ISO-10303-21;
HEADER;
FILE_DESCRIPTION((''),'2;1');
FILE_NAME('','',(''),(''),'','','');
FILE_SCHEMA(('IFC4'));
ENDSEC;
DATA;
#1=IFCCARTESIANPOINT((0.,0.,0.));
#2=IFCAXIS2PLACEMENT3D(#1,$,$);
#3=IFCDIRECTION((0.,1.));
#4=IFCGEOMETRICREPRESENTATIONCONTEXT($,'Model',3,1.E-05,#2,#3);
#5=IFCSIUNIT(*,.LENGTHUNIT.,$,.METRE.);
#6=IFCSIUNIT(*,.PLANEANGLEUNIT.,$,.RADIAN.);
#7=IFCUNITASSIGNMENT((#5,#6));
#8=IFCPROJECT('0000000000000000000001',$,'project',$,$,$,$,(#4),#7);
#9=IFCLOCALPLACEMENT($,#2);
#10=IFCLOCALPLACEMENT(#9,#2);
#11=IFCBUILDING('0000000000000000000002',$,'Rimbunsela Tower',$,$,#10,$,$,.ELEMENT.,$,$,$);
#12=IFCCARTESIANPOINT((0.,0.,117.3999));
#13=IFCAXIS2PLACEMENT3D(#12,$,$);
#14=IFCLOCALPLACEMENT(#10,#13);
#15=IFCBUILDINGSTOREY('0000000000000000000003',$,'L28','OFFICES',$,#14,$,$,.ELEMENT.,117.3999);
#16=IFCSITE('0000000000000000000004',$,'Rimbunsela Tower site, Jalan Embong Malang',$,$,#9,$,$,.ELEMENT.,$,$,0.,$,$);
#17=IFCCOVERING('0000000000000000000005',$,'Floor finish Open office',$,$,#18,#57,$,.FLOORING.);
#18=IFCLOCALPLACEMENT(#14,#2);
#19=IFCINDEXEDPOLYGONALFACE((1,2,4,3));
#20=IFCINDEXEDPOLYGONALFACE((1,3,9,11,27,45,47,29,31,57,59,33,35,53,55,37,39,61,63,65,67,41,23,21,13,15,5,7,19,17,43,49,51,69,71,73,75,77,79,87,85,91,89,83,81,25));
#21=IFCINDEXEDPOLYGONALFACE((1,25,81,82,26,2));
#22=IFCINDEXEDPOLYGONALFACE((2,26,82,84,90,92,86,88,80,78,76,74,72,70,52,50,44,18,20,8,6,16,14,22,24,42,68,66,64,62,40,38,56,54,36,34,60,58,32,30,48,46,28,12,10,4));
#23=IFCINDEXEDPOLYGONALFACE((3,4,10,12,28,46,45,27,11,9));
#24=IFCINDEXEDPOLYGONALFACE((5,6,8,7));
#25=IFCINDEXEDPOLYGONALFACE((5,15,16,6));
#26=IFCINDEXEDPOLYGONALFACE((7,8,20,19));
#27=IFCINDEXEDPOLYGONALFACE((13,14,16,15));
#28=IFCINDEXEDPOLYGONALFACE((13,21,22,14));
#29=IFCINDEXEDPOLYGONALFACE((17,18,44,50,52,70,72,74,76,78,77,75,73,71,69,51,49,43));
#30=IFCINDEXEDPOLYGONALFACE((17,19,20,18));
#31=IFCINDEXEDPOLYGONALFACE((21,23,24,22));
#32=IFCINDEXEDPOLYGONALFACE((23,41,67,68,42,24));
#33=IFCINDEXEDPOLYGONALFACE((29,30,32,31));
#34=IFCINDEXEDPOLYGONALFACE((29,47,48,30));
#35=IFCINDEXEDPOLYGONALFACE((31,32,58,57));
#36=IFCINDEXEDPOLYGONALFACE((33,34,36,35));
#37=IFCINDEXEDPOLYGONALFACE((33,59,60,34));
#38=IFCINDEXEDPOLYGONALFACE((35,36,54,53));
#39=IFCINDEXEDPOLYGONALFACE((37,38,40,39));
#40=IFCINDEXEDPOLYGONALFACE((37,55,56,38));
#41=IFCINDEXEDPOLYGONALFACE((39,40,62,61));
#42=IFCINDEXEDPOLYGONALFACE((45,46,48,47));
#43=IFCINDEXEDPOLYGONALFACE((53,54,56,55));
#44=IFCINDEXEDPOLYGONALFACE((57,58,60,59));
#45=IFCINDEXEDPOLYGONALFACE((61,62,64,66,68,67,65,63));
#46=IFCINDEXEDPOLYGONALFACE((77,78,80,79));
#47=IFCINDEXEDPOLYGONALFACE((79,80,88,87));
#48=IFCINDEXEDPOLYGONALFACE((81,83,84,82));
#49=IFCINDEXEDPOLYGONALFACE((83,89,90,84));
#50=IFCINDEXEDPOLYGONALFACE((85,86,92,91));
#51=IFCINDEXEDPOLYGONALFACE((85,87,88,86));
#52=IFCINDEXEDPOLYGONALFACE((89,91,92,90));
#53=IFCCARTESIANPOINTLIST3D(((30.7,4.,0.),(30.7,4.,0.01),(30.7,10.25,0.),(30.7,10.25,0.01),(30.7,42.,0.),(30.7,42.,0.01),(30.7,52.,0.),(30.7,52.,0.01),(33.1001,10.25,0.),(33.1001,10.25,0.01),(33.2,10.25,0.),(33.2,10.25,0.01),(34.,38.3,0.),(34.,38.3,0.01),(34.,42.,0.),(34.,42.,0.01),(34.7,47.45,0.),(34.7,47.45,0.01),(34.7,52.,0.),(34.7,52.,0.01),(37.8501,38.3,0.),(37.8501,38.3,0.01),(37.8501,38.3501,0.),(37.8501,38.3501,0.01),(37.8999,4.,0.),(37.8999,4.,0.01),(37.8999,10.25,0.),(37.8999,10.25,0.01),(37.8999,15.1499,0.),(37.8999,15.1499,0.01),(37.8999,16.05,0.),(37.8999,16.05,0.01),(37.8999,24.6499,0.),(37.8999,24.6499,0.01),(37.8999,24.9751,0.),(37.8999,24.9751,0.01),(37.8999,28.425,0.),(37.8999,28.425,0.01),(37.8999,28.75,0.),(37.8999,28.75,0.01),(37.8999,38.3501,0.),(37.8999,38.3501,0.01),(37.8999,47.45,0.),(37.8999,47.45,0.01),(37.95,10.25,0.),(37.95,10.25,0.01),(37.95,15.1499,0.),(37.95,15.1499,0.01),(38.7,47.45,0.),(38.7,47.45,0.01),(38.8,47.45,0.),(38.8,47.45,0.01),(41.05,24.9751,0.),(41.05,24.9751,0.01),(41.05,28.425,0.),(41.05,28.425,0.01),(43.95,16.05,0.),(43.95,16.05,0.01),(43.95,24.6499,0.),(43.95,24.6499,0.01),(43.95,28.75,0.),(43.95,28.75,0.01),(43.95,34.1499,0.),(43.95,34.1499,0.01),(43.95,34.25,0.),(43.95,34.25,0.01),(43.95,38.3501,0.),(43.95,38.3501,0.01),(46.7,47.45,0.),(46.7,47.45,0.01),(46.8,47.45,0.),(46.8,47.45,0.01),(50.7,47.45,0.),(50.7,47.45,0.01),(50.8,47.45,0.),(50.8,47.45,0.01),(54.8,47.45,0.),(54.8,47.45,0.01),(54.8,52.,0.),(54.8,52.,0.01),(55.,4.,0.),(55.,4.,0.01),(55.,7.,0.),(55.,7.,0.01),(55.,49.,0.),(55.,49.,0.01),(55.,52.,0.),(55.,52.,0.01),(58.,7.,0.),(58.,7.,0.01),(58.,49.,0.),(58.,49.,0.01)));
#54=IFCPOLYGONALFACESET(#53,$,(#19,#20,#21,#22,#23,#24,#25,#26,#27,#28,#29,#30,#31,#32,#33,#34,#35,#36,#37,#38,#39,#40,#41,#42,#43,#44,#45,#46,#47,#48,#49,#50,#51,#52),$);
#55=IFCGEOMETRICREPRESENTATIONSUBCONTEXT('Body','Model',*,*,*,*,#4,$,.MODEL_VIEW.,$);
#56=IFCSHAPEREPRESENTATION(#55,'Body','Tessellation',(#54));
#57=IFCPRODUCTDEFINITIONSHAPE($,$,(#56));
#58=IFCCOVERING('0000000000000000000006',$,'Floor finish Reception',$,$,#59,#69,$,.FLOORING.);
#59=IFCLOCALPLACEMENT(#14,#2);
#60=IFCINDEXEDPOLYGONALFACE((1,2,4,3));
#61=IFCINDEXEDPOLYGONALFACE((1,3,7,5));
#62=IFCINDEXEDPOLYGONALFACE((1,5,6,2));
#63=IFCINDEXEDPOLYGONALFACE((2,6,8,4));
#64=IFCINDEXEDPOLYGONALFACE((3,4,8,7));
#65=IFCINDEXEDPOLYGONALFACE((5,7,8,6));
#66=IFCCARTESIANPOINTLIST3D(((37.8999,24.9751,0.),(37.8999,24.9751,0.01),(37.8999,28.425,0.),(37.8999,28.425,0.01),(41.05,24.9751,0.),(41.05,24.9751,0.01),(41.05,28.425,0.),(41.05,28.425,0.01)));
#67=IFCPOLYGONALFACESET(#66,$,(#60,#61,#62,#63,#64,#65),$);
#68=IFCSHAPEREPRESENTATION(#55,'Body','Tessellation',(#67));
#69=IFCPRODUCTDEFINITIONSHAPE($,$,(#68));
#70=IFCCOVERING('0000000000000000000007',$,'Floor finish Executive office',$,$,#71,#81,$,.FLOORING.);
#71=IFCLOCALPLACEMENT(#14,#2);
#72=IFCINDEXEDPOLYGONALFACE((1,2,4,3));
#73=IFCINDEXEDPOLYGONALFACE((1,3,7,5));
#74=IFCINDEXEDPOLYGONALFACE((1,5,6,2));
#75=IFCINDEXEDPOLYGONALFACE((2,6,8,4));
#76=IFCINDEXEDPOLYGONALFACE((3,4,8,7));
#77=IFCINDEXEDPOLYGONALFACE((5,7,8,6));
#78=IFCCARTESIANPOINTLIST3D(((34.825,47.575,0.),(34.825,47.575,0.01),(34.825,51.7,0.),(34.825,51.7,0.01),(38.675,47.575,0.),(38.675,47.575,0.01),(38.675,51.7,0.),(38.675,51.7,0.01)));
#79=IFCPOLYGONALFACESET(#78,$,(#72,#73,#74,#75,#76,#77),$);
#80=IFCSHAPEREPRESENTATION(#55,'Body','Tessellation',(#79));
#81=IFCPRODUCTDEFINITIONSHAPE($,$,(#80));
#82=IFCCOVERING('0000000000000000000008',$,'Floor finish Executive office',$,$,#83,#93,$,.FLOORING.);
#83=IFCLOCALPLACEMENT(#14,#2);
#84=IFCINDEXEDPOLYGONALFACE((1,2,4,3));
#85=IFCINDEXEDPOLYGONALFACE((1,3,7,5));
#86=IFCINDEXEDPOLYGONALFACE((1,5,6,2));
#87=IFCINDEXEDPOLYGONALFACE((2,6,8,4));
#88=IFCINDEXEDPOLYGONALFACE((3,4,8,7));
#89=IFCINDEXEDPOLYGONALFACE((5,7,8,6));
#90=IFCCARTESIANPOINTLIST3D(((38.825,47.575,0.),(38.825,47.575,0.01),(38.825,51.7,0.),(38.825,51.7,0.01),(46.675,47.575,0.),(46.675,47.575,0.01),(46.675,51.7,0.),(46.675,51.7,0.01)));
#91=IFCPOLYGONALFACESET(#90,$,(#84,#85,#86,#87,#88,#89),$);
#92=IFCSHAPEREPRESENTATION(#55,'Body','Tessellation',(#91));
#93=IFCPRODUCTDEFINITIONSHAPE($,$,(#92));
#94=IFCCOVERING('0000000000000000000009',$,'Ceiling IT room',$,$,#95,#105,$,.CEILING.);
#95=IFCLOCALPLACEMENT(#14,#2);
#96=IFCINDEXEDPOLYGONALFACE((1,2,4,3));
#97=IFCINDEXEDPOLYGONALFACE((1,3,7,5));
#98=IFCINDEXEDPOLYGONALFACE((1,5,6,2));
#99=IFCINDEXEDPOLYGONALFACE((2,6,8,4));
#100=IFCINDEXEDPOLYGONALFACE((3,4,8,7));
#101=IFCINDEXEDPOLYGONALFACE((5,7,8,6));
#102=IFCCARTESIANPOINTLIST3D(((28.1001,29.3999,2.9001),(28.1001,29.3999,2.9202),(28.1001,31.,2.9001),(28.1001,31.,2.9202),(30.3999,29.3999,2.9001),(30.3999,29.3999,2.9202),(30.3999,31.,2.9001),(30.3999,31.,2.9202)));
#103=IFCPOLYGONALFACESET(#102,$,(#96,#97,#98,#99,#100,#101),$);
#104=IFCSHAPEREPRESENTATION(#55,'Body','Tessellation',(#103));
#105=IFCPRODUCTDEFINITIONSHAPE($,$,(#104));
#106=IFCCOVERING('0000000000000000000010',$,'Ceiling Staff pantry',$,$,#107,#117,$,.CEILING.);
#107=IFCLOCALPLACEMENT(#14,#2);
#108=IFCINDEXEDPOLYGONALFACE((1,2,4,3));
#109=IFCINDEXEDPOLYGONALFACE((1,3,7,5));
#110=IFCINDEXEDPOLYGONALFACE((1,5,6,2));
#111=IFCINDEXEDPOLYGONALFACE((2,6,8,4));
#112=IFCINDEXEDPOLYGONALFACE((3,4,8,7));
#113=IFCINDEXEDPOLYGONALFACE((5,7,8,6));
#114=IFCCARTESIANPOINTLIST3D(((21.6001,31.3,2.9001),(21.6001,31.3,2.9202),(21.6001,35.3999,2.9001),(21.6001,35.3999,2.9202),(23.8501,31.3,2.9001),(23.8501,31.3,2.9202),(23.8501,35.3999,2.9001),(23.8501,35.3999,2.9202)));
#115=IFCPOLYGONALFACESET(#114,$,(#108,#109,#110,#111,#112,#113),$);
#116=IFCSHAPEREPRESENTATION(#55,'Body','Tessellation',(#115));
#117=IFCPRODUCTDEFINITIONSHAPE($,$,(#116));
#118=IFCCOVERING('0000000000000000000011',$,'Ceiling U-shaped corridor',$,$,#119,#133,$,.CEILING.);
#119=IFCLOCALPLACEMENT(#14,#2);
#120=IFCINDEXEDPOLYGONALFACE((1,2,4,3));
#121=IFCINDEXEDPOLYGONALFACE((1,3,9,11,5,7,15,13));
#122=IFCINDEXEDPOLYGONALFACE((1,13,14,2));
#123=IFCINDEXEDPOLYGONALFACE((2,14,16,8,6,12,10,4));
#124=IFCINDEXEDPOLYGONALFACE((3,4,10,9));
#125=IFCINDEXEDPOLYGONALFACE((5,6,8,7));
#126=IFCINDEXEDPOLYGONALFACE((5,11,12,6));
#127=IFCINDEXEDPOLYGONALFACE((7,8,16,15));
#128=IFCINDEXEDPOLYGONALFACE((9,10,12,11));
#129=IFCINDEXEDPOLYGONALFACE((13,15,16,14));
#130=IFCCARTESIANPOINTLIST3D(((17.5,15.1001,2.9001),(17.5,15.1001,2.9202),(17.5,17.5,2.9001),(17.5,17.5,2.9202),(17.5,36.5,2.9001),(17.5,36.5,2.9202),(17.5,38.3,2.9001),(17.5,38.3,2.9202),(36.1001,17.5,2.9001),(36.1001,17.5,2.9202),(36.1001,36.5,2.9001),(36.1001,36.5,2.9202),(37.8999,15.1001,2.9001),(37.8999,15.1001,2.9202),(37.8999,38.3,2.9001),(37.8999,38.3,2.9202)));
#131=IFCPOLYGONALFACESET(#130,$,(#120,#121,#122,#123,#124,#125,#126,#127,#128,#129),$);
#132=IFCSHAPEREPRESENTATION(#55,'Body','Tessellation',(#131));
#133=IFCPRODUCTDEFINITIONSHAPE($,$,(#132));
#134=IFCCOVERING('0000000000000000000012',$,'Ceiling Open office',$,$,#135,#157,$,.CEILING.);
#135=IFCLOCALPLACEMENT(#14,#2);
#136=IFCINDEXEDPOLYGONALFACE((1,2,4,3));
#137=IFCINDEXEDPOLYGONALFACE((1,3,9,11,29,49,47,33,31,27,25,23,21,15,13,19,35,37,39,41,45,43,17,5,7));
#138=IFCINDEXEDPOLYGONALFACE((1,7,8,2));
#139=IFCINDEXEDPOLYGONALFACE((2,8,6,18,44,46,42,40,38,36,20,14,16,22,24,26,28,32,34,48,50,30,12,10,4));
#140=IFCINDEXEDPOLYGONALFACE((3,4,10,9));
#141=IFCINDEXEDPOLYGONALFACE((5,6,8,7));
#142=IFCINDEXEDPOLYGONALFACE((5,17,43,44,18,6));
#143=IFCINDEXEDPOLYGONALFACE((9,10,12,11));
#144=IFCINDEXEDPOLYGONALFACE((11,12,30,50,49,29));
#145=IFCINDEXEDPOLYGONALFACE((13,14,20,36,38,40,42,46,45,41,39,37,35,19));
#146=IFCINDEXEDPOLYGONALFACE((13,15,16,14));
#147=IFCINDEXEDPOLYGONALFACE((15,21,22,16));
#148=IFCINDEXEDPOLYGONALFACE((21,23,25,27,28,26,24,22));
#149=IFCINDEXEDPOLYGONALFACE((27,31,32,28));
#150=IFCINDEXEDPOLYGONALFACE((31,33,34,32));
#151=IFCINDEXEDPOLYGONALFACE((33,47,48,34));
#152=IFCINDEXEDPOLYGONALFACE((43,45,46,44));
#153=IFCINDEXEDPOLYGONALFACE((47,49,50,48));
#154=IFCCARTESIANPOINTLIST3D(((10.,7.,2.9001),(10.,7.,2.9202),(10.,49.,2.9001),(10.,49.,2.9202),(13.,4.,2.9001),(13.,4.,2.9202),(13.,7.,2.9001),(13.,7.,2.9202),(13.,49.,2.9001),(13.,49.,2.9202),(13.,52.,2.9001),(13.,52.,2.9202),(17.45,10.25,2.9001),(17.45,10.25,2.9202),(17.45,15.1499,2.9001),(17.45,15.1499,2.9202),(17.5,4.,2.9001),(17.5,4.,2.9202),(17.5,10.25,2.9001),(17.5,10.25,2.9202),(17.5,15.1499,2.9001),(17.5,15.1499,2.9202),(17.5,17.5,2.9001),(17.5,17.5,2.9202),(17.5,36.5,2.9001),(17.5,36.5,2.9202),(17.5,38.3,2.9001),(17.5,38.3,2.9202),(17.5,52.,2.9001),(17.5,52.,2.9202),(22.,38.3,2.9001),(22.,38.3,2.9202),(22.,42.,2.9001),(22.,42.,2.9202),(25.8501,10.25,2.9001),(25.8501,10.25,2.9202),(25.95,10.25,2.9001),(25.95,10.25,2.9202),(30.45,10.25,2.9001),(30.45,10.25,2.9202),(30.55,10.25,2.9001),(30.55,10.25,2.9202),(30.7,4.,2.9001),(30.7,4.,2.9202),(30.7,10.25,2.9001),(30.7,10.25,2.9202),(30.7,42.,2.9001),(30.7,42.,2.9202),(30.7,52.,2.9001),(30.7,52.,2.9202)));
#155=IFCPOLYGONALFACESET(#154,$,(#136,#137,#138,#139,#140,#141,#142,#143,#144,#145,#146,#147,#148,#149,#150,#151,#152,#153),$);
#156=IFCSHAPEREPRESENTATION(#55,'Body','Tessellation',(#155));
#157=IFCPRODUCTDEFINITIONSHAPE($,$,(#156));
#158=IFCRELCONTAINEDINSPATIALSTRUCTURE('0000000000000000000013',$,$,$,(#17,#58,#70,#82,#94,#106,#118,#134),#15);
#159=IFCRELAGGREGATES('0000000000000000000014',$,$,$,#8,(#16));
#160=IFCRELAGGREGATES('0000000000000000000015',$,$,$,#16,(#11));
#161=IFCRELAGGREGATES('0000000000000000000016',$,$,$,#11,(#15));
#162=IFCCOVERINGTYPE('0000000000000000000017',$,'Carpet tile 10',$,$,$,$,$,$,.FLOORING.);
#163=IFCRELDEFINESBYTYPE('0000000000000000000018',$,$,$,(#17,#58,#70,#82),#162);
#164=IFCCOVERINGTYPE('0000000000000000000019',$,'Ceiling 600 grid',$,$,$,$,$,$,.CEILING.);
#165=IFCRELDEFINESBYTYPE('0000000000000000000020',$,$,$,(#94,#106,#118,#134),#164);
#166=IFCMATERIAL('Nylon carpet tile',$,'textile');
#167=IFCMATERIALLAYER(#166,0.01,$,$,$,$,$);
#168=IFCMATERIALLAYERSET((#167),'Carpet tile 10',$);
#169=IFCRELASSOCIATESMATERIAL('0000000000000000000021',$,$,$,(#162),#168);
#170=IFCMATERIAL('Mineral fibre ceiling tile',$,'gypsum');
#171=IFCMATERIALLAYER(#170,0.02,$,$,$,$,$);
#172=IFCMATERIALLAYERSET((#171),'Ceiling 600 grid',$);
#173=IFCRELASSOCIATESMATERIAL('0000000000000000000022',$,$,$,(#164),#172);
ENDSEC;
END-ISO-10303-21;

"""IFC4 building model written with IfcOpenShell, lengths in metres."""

from ifc_helpers import new_model, si_unit, direction, frame, origin, place, context, subcontext, project, spatial, polyline, outline, extrude, material, layer, layer_set, type_object, element, save


model = new_model("IFC4")

# Units and contexts
model_context = context("Model", 3, precision=1e-05, world=origin(), true_north=direction((0.0, 1.0)))
body_context = subcontext(model_context, "Body", "Model", "MODEL_VIEW")
ifc_project = project(units=[si_unit("LENGTHUNIT", "METRE"), si_unit("PLANEANGLEUNIT", "RADIAN")], contexts=[model_context])

# Site, building, storey
site_placement = place(None, origin())
site = spatial("IfcSite", under=ifc_project, at=site_placement, Name="Rimbunsela Tower site, Jalan Embong Malang", CompositionType="ELEMENT", RefElevation=0.0)
building_placement = place(site_placement, origin())
building = spatial("IfcBuilding", under=site, at=building_placement, Name="Rimbunsela Tower", CompositionType="ELEMENT")
storey_placement = place(building_placement, frame((0.0, 0.0, 117.3999)))
storey = spatial("IfcBuildingStorey", under=building, at=storey_placement, Name="L28", Description="OFFICES", CompositionType="ELEMENT", Elevation=117.3999)

# Coverings
ifc_material_1 = material(Name="Nylon carpet tile", Category="textile")
ifc_layer_1 = layer(ifc_material_1, 0.01)
ifc_layer_set_1 = layer_set([ifc_layer_1], Name="Carpet tile 10")
covering_type_1 = type_object("IfcCoveringType", Name="Carpet tile 10", PredefinedType="FLOORING", material=ifc_layer_set_1)
covering_1_placement = place(storey_placement, origin())
element("IfcCovering", 1, at=covering_1_placement, inside=storey, type_object=covering_type_1, Name="Floor finish Open office", PredefinedType="FLOORING", context=body_context, shape_type="SweptSolid", body=[
    extrude(outline(polyline([(30.7, 52.0), (34.7, 52.0), (34.7, 47.45), (37.8999, 47.45), (38.7, 47.45), (38.8, 47.45), (46.7, 47.45), (46.8, 47.45), (50.7, 47.45), (50.8, 47.45), (54.8, 47.45), (54.8, 52.0), (55.0, 52.0), (55.0, 49.0), (58.0, 49.0), (58.0, 7.0), (55.0, 7.0), (55.0, 4.0), (37.8999, 4.0), (30.7, 4.0), (30.7, 10.25), (33.1001, 10.25), (33.2, 10.25), (37.8999, 10.25), (37.95, 10.25), (37.95, 15.1499), (37.8999, 15.1499), (37.8999, 16.05), (43.95, 16.05), (43.95, 24.6499), (37.8999, 24.6499), (37.8999, 24.9751), (41.05, 24.9751), (41.05, 28.425), (37.8999, 28.425), (37.8999, 28.75), (43.95, 28.75), (43.95, 34.1499), (43.95, 34.25), (43.95, 38.3501), (37.8999, 38.3501), (37.8501, 38.3501), (37.8501, 38.3), (34.0, 38.3), (34.0, 42.0), (30.7, 42.0), (30.7, 52.0)])), origin(), (0.0, 0.0, 1.0), 0.01),
])
covering_2_placement = place(storey_placement, origin())
element("IfcCovering", 2, at=covering_2_placement, inside=storey, type_object=covering_type_1, Name="Floor finish Reception", PredefinedType="FLOORING", context=body_context, shape_type="SweptSolid", body=[
    extrude(outline(polyline([(41.05, 24.9751), (41.05, 28.425), (37.8999, 28.425), (37.8999, 24.9751), (41.05, 24.9751)])), origin(), (0.0, 0.0, 1.0), 0.01),
])
covering_3_placement = place(storey_placement, origin())
element("IfcCovering", 3, at=covering_3_placement, inside=storey, type_object=covering_type_1, Name="Floor finish Executive office", PredefinedType="FLOORING", context=body_context, shape_type="SweptSolid", body=[
    extrude(outline(polyline([(38.675, 47.575), (38.675, 51.7), (34.825, 51.7), (34.825, 47.575), (38.675, 47.575)])), origin(), (0.0, 0.0, 1.0), 0.01),
])
covering_4_placement = place(storey_placement, origin())
element("IfcCovering", 4, at=covering_4_placement, inside=storey, type_object=covering_type_1, Name="Floor finish Executive office", PredefinedType="FLOORING", context=body_context, shape_type="SweptSolid", body=[
    extrude(outline(polyline([(46.675, 47.575), (46.675, 51.7), (38.825, 51.7), (38.825, 47.575), (46.675, 47.575)])), origin(), (0.0, 0.0, 1.0), 0.01),
])
ifc_material_2 = material(Name="Mineral fibre ceiling tile", Category="gypsum")
ifc_layer_2 = layer(ifc_material_2, 0.02)
ifc_layer_set_2 = layer_set([ifc_layer_2], Name="Ceiling 600 grid")
covering_type_2 = type_object("IfcCoveringType", Name="Ceiling 600 grid", PredefinedType="CEILING", material=ifc_layer_set_2)
covering_5_placement = place(storey_placement, frame((0.0, 0.0, 2.9001)))
element("IfcCovering", 5, at=covering_5_placement, inside=storey, type_object=covering_type_2, Name="Ceiling IT room", PredefinedType="CEILING", context=body_context, shape_type="SweptSolid", body=[
    extrude(outline(polyline([(30.3999, 29.3999), (30.3999, 31.0), (28.1001, 31.0), (28.1001, 29.3999), (30.3999, 29.3999)])), origin(), (0.0, 0.0, 1.0), 0.02),
])
covering_6_placement = place(storey_placement, frame((0.0, 0.0, 2.9001)))
element("IfcCovering", 6, at=covering_6_placement, inside=storey, type_object=covering_type_2, Name="Ceiling Staff pantry", PredefinedType="CEILING", context=body_context, shape_type="SweptSolid", body=[
    extrude(outline(polyline([(23.8501, 31.3), (23.8501, 35.3999), (21.6001, 35.3999), (21.6001, 31.3), (23.8501, 31.3)])), origin(), (0.0, 0.0, 1.0), 0.02),
])
covering_7_placement = place(storey_placement, frame((0.0, 0.0, 2.9001)))
element("IfcCovering", 7, at=covering_7_placement, inside=storey, type_object=covering_type_2, Name="Ceiling U-shaped corridor", PredefinedType="CEILING", context=body_context, shape_type="SweptSolid", body=[
    extrude(outline(polyline([(37.8999, 38.3), (37.8999, 15.1001), (17.5, 15.1001), (17.5, 17.5), (36.1001, 17.5), (36.1001, 36.5), (17.5, 36.5), (17.5, 38.3), (37.8999, 38.3)])), origin(), (0.0, 0.0, 1.0), 0.02),
])
covering_8_placement = place(storey_placement, frame((0.0, 0.0, 2.9001)))
element("IfcCovering", 8, at=covering_8_placement, inside=storey, type_object=covering_type_2, Name="Ceiling Open office", PredefinedType="CEILING", context=body_context, shape_type="SweptSolid", body=[
    extrude(outline(polyline([(17.5, 4.0), (13.0, 4.0), (13.0, 7.0), (10.0, 7.0), (10.0, 49.0), (13.0, 49.0), (13.0, 52.0), (17.5, 52.0), (30.7, 52.0), (30.7, 42.0), (22.0, 42.0), (22.0, 38.3), (17.5, 38.3), (17.5, 36.5), (17.5, 17.5), (17.5, 15.1499), (17.45, 15.1499), (17.45, 10.25), (17.5, 10.25), (25.8501, 10.25), (25.95, 10.25), (30.45, 10.25), (30.55, 10.25), (30.7, 10.25), (30.7, 4.0), (17.5, 4.0)])), origin(), (0.0, 0.0, 1.0), 0.02),
])

save(model, "model.ifc")
